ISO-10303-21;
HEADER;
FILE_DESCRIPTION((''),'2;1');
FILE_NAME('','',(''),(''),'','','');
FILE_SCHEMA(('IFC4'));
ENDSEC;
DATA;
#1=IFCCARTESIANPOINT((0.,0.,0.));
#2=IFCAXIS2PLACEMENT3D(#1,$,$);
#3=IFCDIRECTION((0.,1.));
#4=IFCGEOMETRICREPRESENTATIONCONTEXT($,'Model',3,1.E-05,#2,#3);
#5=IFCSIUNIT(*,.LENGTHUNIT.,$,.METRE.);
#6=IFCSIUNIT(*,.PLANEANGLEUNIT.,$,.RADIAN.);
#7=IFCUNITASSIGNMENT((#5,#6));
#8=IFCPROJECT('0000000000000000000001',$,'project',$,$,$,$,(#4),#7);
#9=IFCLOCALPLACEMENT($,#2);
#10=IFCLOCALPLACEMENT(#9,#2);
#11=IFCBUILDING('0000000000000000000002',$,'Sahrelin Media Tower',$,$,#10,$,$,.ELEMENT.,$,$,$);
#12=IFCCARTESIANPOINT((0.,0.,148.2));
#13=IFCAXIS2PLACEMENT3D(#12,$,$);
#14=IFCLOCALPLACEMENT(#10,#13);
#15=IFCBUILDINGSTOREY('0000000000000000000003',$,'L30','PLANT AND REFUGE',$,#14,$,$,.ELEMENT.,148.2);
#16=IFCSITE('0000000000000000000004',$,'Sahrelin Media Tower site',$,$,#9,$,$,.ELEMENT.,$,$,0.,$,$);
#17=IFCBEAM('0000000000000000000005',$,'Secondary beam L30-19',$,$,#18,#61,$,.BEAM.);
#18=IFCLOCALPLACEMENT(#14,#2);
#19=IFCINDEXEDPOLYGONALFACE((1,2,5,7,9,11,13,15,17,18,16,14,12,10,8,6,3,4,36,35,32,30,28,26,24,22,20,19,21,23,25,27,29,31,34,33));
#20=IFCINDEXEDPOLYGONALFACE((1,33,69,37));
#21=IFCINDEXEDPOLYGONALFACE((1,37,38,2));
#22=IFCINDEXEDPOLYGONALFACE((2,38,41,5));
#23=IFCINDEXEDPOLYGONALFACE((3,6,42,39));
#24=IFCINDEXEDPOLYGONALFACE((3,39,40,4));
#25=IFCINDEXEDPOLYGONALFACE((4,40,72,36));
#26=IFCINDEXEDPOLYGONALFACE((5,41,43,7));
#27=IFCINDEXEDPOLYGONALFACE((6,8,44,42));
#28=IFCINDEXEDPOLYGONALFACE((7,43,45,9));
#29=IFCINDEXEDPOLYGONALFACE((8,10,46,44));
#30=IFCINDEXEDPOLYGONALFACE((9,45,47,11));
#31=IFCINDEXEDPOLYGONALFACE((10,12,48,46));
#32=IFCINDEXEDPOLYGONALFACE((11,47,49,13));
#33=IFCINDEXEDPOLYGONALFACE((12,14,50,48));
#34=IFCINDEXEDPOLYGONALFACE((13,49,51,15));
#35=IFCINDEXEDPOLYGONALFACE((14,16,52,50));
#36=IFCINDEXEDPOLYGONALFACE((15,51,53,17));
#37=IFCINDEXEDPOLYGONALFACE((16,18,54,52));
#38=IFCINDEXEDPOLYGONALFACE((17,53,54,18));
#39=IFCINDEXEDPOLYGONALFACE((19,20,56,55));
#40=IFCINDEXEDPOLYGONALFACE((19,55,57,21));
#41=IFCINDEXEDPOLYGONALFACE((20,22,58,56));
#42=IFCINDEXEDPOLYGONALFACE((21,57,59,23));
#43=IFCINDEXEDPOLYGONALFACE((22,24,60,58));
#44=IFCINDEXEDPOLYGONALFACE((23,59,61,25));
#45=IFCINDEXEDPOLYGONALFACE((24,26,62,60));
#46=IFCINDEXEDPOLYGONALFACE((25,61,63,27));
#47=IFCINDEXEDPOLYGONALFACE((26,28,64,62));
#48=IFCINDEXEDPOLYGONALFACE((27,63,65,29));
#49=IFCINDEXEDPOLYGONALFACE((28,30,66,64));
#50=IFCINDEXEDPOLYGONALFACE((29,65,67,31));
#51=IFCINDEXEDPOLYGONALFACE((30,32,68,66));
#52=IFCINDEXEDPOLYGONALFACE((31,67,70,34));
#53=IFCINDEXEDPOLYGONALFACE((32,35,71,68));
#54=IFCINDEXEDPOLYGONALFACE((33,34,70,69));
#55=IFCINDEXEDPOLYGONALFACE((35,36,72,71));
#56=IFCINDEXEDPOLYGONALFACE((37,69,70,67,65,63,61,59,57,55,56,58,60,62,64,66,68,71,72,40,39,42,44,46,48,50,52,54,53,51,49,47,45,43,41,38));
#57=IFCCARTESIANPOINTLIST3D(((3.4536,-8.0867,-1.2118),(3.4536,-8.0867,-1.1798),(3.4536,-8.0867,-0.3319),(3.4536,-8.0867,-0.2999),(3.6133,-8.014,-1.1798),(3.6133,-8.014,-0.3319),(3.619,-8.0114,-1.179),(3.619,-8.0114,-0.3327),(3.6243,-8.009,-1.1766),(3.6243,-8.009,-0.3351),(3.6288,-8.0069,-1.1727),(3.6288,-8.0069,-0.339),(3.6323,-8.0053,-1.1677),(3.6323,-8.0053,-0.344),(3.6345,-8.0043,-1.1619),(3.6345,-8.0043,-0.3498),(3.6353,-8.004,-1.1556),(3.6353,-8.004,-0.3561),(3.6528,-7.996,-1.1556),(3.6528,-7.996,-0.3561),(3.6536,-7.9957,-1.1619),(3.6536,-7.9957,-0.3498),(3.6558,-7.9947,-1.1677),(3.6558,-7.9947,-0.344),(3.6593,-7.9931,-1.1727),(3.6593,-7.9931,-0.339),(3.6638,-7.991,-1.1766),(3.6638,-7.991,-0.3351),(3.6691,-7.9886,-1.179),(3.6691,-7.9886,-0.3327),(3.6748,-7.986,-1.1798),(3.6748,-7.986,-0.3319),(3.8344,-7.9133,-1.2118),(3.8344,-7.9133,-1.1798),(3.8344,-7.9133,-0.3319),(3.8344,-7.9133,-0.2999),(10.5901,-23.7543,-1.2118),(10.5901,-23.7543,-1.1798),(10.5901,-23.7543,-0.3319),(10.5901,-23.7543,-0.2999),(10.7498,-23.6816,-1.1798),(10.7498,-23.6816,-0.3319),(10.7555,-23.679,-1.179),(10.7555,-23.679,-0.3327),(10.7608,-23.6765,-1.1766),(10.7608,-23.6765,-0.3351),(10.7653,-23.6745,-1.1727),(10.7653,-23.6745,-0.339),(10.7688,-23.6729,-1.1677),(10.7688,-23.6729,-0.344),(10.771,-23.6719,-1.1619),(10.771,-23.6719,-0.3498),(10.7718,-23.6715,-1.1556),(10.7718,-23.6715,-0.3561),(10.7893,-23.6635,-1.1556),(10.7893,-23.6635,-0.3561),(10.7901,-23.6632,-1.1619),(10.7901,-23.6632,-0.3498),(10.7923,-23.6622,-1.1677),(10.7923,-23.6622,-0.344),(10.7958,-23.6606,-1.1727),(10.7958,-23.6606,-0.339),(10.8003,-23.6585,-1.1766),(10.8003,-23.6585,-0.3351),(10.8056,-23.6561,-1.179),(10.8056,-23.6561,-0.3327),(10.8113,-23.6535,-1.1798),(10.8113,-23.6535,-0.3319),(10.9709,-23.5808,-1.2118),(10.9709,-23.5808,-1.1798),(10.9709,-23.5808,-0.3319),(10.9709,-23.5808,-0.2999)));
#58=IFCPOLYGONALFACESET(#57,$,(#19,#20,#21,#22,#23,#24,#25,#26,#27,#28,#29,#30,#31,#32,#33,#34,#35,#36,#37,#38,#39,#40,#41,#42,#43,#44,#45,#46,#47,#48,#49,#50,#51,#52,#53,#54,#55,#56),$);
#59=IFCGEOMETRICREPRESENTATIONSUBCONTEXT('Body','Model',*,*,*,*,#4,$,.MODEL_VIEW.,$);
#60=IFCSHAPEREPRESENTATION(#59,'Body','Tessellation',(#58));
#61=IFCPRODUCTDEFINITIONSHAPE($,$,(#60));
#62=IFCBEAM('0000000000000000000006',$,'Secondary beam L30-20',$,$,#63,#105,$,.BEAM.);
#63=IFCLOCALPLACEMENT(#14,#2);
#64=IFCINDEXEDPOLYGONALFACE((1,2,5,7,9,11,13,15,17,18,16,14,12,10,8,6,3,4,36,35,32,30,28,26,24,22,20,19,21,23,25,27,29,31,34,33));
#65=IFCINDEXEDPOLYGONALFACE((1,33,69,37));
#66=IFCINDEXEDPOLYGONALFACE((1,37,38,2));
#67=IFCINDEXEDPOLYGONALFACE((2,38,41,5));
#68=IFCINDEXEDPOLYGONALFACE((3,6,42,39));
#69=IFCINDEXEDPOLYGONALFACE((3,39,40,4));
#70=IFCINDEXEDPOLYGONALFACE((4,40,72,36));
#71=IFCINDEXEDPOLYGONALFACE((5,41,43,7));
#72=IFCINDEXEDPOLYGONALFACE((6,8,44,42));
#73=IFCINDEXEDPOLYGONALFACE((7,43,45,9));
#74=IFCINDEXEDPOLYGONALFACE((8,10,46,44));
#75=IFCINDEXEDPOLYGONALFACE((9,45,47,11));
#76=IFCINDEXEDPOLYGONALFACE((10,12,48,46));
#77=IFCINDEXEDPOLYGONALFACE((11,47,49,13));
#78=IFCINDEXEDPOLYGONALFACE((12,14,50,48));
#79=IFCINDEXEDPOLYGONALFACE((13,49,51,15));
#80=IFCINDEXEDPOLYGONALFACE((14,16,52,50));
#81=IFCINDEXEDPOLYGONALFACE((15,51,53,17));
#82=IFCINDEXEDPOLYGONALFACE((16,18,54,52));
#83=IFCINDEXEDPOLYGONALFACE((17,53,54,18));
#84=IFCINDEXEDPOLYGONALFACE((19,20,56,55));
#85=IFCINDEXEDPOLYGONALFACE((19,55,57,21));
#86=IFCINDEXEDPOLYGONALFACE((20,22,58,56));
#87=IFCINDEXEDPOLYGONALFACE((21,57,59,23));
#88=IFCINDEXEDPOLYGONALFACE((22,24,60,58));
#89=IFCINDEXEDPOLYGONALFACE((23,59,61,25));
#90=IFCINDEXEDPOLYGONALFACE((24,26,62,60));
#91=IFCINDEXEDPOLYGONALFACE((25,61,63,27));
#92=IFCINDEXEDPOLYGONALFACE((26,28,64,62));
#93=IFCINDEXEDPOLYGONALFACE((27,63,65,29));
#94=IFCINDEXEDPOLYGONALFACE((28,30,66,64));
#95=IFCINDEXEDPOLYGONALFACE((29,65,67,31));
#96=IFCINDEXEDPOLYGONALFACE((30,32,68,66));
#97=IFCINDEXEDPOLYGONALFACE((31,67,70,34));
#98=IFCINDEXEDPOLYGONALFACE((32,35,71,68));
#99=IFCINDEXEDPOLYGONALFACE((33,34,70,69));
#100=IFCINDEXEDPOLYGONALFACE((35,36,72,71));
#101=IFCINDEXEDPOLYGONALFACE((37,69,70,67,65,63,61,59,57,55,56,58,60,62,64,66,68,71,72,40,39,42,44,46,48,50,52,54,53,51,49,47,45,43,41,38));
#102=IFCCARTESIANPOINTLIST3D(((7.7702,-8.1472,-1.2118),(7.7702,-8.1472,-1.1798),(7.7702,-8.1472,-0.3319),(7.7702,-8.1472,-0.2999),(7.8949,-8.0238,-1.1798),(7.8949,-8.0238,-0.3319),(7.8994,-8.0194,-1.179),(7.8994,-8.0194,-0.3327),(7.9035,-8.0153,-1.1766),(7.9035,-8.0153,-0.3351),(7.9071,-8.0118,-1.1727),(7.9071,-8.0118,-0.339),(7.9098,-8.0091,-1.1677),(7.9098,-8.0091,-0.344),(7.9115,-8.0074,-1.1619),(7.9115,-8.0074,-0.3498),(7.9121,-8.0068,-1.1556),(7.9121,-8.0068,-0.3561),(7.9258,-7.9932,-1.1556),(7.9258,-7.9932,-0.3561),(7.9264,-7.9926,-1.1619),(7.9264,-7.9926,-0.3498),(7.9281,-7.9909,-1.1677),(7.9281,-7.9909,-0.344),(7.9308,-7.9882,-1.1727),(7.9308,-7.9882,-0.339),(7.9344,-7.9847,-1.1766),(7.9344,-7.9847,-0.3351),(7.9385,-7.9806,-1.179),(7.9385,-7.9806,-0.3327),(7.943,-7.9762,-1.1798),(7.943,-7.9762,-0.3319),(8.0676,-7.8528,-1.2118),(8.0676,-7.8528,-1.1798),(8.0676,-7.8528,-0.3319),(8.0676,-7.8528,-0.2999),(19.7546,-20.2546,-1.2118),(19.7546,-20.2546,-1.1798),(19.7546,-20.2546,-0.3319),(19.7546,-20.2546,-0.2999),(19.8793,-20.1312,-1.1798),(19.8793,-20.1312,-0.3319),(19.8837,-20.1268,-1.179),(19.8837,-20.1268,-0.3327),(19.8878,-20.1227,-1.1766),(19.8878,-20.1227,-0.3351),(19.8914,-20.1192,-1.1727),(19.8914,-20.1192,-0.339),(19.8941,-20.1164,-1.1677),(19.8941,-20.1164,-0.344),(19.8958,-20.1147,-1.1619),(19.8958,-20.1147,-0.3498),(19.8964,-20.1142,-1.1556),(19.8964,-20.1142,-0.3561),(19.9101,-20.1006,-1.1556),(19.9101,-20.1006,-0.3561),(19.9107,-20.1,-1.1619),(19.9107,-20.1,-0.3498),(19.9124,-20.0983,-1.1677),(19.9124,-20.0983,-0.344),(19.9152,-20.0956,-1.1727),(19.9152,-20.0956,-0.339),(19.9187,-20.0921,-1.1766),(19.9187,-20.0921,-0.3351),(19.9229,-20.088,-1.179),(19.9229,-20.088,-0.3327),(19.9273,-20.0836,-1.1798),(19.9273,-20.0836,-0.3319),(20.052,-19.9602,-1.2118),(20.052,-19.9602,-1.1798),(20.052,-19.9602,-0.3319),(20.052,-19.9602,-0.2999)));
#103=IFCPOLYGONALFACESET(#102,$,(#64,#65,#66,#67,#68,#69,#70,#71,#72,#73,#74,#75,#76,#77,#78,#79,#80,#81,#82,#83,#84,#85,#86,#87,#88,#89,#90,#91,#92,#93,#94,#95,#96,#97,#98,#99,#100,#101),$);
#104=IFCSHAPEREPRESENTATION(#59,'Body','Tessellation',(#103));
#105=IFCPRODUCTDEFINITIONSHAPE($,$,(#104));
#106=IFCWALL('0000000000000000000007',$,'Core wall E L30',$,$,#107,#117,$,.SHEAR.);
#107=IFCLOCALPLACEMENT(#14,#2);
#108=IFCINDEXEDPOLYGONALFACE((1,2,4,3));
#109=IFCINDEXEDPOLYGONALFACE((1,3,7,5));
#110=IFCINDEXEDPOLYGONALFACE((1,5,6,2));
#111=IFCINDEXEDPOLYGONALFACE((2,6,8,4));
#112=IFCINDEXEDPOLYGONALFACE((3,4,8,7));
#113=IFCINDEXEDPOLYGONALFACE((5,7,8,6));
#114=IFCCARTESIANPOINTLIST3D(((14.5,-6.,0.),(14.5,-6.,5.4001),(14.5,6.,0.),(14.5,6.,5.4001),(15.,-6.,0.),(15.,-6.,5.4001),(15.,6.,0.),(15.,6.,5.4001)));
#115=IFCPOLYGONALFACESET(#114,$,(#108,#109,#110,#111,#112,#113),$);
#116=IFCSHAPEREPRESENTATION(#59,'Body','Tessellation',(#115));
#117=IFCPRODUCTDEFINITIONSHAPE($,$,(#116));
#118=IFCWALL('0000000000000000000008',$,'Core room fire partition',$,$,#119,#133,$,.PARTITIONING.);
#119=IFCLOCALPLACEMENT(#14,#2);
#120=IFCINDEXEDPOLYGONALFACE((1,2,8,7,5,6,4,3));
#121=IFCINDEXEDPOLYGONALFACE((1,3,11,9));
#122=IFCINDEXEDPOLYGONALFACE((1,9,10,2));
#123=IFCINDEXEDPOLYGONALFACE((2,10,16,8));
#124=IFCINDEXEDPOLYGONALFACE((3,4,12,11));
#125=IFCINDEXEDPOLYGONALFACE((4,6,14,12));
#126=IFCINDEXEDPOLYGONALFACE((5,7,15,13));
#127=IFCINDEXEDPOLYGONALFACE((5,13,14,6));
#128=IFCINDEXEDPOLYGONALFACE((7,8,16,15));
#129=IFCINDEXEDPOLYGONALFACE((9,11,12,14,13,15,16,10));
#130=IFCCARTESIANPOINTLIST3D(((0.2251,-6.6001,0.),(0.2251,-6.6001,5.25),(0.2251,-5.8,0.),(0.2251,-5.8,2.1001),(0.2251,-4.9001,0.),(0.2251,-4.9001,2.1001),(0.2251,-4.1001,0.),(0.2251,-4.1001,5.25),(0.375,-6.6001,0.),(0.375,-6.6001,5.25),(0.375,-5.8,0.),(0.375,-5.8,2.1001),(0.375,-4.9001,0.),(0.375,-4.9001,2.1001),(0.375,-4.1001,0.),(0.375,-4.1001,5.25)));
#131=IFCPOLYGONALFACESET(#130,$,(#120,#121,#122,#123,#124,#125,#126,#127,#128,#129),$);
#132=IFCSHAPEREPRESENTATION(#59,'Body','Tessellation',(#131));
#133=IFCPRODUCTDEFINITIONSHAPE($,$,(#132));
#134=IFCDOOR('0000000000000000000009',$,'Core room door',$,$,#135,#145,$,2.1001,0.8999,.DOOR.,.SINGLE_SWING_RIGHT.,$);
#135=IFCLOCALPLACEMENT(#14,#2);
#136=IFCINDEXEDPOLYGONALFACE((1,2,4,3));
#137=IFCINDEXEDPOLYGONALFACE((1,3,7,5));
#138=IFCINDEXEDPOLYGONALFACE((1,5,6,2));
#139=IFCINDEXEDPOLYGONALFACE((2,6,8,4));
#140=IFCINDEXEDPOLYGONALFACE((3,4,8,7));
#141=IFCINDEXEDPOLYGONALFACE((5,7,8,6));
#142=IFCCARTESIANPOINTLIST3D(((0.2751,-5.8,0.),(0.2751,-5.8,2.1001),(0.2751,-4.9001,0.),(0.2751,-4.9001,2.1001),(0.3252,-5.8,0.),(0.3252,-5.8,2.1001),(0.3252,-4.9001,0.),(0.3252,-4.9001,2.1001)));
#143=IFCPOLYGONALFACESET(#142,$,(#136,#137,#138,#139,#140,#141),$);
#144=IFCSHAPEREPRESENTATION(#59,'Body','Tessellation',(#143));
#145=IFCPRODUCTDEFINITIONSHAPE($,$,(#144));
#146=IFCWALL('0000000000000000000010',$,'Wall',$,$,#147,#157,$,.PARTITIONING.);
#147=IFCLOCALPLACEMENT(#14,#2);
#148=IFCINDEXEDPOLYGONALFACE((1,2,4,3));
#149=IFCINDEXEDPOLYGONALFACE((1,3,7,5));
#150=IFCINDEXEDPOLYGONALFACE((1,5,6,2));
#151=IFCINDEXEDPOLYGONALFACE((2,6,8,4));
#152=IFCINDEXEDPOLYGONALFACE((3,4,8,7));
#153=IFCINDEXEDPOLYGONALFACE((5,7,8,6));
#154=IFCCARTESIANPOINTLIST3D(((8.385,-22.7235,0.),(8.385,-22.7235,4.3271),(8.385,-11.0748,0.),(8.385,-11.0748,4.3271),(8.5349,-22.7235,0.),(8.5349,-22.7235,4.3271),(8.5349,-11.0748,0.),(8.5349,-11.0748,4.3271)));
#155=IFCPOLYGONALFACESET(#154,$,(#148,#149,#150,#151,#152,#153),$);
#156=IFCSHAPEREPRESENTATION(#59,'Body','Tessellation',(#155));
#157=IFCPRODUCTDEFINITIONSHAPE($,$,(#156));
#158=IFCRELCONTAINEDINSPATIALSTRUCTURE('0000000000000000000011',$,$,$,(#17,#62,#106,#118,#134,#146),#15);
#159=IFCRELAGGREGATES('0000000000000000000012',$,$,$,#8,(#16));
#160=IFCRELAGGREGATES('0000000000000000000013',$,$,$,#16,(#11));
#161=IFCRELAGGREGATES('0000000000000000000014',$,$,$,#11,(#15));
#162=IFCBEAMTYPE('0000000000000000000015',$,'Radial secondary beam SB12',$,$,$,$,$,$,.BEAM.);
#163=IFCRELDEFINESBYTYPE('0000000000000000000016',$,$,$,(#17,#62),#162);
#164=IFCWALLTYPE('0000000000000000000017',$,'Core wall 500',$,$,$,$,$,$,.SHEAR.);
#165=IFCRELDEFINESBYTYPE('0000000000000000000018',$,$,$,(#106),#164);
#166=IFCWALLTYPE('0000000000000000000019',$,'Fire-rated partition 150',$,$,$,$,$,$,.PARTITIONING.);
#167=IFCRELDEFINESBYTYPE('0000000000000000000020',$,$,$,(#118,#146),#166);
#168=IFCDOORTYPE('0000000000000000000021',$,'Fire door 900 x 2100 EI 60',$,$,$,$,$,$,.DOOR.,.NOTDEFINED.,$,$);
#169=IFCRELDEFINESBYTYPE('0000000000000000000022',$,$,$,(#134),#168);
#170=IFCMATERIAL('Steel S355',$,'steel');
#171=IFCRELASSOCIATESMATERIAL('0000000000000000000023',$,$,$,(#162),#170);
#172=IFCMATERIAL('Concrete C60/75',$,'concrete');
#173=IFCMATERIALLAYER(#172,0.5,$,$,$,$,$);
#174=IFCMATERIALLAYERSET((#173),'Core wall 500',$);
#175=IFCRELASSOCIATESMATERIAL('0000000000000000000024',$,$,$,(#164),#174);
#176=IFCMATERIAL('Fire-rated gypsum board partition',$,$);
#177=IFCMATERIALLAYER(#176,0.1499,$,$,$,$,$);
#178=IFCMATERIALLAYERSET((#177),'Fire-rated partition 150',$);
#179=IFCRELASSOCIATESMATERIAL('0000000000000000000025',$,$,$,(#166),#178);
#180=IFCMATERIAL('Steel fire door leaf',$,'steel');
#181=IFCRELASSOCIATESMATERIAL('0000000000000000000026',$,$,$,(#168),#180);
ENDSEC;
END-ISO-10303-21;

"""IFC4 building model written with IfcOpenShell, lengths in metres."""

from ifc_helpers import new_model, si_unit, direction, frame, frame_2d, origin, origin_2d, place, context, subcontext, project, spatial, rectangle, i_section, extrude, material, layer, layer_set, material_profile, profile_set, type_object, element, fill, save


model = new_model("IFC4")

# Units and contexts
model_context = context("Model", 3, precision=1e-05, world=origin(), true_north=direction((0.0, 1.0)))
body_context = subcontext(model_context, "Body", "Model", "MODEL_VIEW")
ifc_project = project(units=[si_unit("LENGTHUNIT", "METRE"), si_unit("PLANEANGLEUNIT", "RADIAN")], contexts=[model_context])

# Site, building, storey
site_placement = place(None, origin())
site = spatial("IfcSite", under=ifc_project, at=site_placement, Name="Sahrelin Media Tower site", CompositionType="ELEMENT", RefElevation=0.0)
building_placement = place(site_placement, origin())
building = spatial("IfcBuilding", under=site, at=building_placement, Name="Sahrelin Media Tower", CompositionType="ELEMENT")
storey_placement = place(building_placement, frame((0.0, 0.0, 148.2)))
storey = spatial("IfcBuildingStorey", under=building, at=storey_placement, Name="L30", Description="PLANT AND REFUGE", CompositionType="ELEMENT", Elevation=148.2)

# Beams
ifc_material_1 = material(Name="Steel S355", Category="steel")
ifc_material_profile_1 = material_profile(ifc_material_1, i_section(OverallWidth=0.4185, OverallDepth=0.9119, WebThickness=0.0193, FlangeThickness=0.032, FilletRadius=0.0242, at=origin_2d()), Name="UB 914x419x343")
ifc_profile_set_1 = profile_set([ifc_material_profile_1], Name="Steel S355")
beam_type_1 = type_object("IfcBeamType", Name="Radial secondary beam SB12", PredefinedType="BEAM", material=ifc_profile_set_1)
beam_1_placement = place(storey_placement, frame((3.644, -8.0, -0.7559), z_axis=(0.41452, -0.91004, 0.0), x_axis=(0.91004, 0.41452, 0.0)))
element("IfcBeam", 1, at=beam_1_placement, inside=storey, type_object=beam_type_1, Name="Secondary beam L30-19", PredefinedType="BEAM", context=body_context, shape_type="SweptSolid", body=[
    extrude(i_section(OverallWidth=0.4185, OverallDepth=0.9119, WebThickness=0.0193, FlangeThickness=0.032, FilletRadius=0.0242, at=origin_2d()), origin(), (0.0, 0.0, 1.0), 17.2163),
])
beam_2_placement = place(storey_placement, frame((7.9189, -8.0, -0.7559), z_axis=(0.703486, -0.710709, 0.0), x_axis=(0.710709, 0.703486, 0.0)))
element("IfcBeam", 2, at=beam_2_placement, inside=storey, type_object=beam_type_1, Name="Secondary beam L30-20", PredefinedType="BEAM", context=body_context, shape_type="SweptSolid", body=[
    extrude(i_section(OverallWidth=0.4185, OverallDepth=0.9119, WebThickness=0.0193, FlangeThickness=0.032, FilletRadius=0.0242, at=origin_2d()), origin(), (0.0, 0.0, 1.0), 17.0356),
])

# Wall
ifc_material_2 = material(Name="Concrete C60/75", Category="concrete")
ifc_layer_1 = layer(ifc_material_2, 0.5)
ifc_layer_set_1 = layer_set([ifc_layer_1], Name="Core wall 500")
wall_type_1 = type_object("IfcWallType", Name="Core wall 500", PredefinedType="SHEAR", material=ifc_layer_set_1)
wall_1_placement = place(storey_placement, frame((14.75, -6.0, 0.0), z_axis=(0.0, 0.0, 1.0), x_axis=(0.0, 1.0, 0.0)))
element("IfcWall", 3, at=wall_1_placement, inside=storey, type_object=wall_type_1, Name="Core wall E L30", PredefinedType="SHEAR", context=body_context, shape_type="SweptSolid", body=[
    extrude(rectangle(XDim=12.0, YDim=0.5, at=frame_2d((6.0, 0.0))), origin(), (0.0, 0.0, 1.0), 5.4001),
])

# Wall, opening, door
ifc_material_3 = material(Name="Fire-rated gypsum board partition")
ifc_layer_2 = layer(ifc_material_3, 0.1499)
ifc_layer_set_2 = layer_set([ifc_layer_2], Name="Fire-rated partition 150")
wall_type_2 = type_object("IfcWallType", Name="Fire-rated partition 150", PredefinedType="PARTITIONING", material=ifc_layer_set_2)
wall_2_placement = place(storey_placement, frame((0.3, -6.6001, 0.0), z_axis=(0.0, 0.0, 1.0), x_axis=(0.0, 1.0, 0.0)))
wall_2 = element("IfcWall", 4, at=wall_2_placement, inside=storey, type_object=wall_type_2, Name="Core room fire partition", PredefinedType="PARTITIONING", context=body_context, shape_type="SweptSolid", body=[
    extrude(rectangle(XDim=2.5, YDim=0.1499, at=frame_2d((1.25, 0.0))), origin(), (0.0, 0.0, 1.0), 5.25),
])
opening_1_placement = place(wall_2_placement, frame((0.8, 0.0, 0.0)))
opening_1 = element("IfcOpeningElement", 5, at=opening_1_placement, cuts=wall_2, PredefinedType="OPENING", context=body_context, shape_type="SweptSolid", body=[
    extrude(rectangle(XDim=0.8999, YDim=2.1001, at=frame_2d((0.45, 1.05))), frame((0.0, 0.075, 0.0), z_axis=(0.0, -1.0, 0.0), x_axis=(1.0, 0.0, 0.0)), (0.0, 0.0, 1.0), 0.1499),
])
ifc_material_4 = material(Name="Steel fire door leaf", Category="steel")
door_type_1 = type_object("IfcDoorType", Name="Fire door 900 x 2100 EI 60", OperationType="NOTDEFINED", PredefinedType="DOOR", material=ifc_material_4)
door_1_placement = place(opening_1_placement, origin())
door_1 = element("IfcDoor", 6, at=door_1_placement, inside=storey, type_object=door_type_1, Name="Core room door", OperationType="SINGLE_SWING_RIGHT", OverallHeight=2.1001, OverallWidth=0.8999, PredefinedType="DOOR", context=body_context, shape_type="SweptSolid", body=[
    extrude(rectangle(XDim=0.8999, YDim=2.1001, at=frame_2d((0.45, 1.05))), frame((0.0, 0.0249, 0.0), z_axis=(0.0, -1.0, 0.0), x_axis=(1.0, 0.0, 0.0)), (0.0, 0.0, 1.0), 0.05),
])
fill(opening_1, door_1)

# Wall
wall_3_placement = place(storey_placement, frame((8.46, -11.075, 0.0), z_axis=(0.0, 0.0, 1.0), x_axis=(0.0, -1.0, 0.0)))
element("IfcWall", 7, at=wall_3_placement, inside=storey, type_object=wall_type_2, Name="Wall", PredefinedType="PARTITIONING", context=body_context, shape_type="SweptSolid", body=[
    extrude(rectangle(XDim=11.6487, YDim=0.1499, at=frame_2d((5.8242, 0.0))), origin(), (0.0, 0.0, 1.0), 4.3271),
])

save(model, "model.ifc")
